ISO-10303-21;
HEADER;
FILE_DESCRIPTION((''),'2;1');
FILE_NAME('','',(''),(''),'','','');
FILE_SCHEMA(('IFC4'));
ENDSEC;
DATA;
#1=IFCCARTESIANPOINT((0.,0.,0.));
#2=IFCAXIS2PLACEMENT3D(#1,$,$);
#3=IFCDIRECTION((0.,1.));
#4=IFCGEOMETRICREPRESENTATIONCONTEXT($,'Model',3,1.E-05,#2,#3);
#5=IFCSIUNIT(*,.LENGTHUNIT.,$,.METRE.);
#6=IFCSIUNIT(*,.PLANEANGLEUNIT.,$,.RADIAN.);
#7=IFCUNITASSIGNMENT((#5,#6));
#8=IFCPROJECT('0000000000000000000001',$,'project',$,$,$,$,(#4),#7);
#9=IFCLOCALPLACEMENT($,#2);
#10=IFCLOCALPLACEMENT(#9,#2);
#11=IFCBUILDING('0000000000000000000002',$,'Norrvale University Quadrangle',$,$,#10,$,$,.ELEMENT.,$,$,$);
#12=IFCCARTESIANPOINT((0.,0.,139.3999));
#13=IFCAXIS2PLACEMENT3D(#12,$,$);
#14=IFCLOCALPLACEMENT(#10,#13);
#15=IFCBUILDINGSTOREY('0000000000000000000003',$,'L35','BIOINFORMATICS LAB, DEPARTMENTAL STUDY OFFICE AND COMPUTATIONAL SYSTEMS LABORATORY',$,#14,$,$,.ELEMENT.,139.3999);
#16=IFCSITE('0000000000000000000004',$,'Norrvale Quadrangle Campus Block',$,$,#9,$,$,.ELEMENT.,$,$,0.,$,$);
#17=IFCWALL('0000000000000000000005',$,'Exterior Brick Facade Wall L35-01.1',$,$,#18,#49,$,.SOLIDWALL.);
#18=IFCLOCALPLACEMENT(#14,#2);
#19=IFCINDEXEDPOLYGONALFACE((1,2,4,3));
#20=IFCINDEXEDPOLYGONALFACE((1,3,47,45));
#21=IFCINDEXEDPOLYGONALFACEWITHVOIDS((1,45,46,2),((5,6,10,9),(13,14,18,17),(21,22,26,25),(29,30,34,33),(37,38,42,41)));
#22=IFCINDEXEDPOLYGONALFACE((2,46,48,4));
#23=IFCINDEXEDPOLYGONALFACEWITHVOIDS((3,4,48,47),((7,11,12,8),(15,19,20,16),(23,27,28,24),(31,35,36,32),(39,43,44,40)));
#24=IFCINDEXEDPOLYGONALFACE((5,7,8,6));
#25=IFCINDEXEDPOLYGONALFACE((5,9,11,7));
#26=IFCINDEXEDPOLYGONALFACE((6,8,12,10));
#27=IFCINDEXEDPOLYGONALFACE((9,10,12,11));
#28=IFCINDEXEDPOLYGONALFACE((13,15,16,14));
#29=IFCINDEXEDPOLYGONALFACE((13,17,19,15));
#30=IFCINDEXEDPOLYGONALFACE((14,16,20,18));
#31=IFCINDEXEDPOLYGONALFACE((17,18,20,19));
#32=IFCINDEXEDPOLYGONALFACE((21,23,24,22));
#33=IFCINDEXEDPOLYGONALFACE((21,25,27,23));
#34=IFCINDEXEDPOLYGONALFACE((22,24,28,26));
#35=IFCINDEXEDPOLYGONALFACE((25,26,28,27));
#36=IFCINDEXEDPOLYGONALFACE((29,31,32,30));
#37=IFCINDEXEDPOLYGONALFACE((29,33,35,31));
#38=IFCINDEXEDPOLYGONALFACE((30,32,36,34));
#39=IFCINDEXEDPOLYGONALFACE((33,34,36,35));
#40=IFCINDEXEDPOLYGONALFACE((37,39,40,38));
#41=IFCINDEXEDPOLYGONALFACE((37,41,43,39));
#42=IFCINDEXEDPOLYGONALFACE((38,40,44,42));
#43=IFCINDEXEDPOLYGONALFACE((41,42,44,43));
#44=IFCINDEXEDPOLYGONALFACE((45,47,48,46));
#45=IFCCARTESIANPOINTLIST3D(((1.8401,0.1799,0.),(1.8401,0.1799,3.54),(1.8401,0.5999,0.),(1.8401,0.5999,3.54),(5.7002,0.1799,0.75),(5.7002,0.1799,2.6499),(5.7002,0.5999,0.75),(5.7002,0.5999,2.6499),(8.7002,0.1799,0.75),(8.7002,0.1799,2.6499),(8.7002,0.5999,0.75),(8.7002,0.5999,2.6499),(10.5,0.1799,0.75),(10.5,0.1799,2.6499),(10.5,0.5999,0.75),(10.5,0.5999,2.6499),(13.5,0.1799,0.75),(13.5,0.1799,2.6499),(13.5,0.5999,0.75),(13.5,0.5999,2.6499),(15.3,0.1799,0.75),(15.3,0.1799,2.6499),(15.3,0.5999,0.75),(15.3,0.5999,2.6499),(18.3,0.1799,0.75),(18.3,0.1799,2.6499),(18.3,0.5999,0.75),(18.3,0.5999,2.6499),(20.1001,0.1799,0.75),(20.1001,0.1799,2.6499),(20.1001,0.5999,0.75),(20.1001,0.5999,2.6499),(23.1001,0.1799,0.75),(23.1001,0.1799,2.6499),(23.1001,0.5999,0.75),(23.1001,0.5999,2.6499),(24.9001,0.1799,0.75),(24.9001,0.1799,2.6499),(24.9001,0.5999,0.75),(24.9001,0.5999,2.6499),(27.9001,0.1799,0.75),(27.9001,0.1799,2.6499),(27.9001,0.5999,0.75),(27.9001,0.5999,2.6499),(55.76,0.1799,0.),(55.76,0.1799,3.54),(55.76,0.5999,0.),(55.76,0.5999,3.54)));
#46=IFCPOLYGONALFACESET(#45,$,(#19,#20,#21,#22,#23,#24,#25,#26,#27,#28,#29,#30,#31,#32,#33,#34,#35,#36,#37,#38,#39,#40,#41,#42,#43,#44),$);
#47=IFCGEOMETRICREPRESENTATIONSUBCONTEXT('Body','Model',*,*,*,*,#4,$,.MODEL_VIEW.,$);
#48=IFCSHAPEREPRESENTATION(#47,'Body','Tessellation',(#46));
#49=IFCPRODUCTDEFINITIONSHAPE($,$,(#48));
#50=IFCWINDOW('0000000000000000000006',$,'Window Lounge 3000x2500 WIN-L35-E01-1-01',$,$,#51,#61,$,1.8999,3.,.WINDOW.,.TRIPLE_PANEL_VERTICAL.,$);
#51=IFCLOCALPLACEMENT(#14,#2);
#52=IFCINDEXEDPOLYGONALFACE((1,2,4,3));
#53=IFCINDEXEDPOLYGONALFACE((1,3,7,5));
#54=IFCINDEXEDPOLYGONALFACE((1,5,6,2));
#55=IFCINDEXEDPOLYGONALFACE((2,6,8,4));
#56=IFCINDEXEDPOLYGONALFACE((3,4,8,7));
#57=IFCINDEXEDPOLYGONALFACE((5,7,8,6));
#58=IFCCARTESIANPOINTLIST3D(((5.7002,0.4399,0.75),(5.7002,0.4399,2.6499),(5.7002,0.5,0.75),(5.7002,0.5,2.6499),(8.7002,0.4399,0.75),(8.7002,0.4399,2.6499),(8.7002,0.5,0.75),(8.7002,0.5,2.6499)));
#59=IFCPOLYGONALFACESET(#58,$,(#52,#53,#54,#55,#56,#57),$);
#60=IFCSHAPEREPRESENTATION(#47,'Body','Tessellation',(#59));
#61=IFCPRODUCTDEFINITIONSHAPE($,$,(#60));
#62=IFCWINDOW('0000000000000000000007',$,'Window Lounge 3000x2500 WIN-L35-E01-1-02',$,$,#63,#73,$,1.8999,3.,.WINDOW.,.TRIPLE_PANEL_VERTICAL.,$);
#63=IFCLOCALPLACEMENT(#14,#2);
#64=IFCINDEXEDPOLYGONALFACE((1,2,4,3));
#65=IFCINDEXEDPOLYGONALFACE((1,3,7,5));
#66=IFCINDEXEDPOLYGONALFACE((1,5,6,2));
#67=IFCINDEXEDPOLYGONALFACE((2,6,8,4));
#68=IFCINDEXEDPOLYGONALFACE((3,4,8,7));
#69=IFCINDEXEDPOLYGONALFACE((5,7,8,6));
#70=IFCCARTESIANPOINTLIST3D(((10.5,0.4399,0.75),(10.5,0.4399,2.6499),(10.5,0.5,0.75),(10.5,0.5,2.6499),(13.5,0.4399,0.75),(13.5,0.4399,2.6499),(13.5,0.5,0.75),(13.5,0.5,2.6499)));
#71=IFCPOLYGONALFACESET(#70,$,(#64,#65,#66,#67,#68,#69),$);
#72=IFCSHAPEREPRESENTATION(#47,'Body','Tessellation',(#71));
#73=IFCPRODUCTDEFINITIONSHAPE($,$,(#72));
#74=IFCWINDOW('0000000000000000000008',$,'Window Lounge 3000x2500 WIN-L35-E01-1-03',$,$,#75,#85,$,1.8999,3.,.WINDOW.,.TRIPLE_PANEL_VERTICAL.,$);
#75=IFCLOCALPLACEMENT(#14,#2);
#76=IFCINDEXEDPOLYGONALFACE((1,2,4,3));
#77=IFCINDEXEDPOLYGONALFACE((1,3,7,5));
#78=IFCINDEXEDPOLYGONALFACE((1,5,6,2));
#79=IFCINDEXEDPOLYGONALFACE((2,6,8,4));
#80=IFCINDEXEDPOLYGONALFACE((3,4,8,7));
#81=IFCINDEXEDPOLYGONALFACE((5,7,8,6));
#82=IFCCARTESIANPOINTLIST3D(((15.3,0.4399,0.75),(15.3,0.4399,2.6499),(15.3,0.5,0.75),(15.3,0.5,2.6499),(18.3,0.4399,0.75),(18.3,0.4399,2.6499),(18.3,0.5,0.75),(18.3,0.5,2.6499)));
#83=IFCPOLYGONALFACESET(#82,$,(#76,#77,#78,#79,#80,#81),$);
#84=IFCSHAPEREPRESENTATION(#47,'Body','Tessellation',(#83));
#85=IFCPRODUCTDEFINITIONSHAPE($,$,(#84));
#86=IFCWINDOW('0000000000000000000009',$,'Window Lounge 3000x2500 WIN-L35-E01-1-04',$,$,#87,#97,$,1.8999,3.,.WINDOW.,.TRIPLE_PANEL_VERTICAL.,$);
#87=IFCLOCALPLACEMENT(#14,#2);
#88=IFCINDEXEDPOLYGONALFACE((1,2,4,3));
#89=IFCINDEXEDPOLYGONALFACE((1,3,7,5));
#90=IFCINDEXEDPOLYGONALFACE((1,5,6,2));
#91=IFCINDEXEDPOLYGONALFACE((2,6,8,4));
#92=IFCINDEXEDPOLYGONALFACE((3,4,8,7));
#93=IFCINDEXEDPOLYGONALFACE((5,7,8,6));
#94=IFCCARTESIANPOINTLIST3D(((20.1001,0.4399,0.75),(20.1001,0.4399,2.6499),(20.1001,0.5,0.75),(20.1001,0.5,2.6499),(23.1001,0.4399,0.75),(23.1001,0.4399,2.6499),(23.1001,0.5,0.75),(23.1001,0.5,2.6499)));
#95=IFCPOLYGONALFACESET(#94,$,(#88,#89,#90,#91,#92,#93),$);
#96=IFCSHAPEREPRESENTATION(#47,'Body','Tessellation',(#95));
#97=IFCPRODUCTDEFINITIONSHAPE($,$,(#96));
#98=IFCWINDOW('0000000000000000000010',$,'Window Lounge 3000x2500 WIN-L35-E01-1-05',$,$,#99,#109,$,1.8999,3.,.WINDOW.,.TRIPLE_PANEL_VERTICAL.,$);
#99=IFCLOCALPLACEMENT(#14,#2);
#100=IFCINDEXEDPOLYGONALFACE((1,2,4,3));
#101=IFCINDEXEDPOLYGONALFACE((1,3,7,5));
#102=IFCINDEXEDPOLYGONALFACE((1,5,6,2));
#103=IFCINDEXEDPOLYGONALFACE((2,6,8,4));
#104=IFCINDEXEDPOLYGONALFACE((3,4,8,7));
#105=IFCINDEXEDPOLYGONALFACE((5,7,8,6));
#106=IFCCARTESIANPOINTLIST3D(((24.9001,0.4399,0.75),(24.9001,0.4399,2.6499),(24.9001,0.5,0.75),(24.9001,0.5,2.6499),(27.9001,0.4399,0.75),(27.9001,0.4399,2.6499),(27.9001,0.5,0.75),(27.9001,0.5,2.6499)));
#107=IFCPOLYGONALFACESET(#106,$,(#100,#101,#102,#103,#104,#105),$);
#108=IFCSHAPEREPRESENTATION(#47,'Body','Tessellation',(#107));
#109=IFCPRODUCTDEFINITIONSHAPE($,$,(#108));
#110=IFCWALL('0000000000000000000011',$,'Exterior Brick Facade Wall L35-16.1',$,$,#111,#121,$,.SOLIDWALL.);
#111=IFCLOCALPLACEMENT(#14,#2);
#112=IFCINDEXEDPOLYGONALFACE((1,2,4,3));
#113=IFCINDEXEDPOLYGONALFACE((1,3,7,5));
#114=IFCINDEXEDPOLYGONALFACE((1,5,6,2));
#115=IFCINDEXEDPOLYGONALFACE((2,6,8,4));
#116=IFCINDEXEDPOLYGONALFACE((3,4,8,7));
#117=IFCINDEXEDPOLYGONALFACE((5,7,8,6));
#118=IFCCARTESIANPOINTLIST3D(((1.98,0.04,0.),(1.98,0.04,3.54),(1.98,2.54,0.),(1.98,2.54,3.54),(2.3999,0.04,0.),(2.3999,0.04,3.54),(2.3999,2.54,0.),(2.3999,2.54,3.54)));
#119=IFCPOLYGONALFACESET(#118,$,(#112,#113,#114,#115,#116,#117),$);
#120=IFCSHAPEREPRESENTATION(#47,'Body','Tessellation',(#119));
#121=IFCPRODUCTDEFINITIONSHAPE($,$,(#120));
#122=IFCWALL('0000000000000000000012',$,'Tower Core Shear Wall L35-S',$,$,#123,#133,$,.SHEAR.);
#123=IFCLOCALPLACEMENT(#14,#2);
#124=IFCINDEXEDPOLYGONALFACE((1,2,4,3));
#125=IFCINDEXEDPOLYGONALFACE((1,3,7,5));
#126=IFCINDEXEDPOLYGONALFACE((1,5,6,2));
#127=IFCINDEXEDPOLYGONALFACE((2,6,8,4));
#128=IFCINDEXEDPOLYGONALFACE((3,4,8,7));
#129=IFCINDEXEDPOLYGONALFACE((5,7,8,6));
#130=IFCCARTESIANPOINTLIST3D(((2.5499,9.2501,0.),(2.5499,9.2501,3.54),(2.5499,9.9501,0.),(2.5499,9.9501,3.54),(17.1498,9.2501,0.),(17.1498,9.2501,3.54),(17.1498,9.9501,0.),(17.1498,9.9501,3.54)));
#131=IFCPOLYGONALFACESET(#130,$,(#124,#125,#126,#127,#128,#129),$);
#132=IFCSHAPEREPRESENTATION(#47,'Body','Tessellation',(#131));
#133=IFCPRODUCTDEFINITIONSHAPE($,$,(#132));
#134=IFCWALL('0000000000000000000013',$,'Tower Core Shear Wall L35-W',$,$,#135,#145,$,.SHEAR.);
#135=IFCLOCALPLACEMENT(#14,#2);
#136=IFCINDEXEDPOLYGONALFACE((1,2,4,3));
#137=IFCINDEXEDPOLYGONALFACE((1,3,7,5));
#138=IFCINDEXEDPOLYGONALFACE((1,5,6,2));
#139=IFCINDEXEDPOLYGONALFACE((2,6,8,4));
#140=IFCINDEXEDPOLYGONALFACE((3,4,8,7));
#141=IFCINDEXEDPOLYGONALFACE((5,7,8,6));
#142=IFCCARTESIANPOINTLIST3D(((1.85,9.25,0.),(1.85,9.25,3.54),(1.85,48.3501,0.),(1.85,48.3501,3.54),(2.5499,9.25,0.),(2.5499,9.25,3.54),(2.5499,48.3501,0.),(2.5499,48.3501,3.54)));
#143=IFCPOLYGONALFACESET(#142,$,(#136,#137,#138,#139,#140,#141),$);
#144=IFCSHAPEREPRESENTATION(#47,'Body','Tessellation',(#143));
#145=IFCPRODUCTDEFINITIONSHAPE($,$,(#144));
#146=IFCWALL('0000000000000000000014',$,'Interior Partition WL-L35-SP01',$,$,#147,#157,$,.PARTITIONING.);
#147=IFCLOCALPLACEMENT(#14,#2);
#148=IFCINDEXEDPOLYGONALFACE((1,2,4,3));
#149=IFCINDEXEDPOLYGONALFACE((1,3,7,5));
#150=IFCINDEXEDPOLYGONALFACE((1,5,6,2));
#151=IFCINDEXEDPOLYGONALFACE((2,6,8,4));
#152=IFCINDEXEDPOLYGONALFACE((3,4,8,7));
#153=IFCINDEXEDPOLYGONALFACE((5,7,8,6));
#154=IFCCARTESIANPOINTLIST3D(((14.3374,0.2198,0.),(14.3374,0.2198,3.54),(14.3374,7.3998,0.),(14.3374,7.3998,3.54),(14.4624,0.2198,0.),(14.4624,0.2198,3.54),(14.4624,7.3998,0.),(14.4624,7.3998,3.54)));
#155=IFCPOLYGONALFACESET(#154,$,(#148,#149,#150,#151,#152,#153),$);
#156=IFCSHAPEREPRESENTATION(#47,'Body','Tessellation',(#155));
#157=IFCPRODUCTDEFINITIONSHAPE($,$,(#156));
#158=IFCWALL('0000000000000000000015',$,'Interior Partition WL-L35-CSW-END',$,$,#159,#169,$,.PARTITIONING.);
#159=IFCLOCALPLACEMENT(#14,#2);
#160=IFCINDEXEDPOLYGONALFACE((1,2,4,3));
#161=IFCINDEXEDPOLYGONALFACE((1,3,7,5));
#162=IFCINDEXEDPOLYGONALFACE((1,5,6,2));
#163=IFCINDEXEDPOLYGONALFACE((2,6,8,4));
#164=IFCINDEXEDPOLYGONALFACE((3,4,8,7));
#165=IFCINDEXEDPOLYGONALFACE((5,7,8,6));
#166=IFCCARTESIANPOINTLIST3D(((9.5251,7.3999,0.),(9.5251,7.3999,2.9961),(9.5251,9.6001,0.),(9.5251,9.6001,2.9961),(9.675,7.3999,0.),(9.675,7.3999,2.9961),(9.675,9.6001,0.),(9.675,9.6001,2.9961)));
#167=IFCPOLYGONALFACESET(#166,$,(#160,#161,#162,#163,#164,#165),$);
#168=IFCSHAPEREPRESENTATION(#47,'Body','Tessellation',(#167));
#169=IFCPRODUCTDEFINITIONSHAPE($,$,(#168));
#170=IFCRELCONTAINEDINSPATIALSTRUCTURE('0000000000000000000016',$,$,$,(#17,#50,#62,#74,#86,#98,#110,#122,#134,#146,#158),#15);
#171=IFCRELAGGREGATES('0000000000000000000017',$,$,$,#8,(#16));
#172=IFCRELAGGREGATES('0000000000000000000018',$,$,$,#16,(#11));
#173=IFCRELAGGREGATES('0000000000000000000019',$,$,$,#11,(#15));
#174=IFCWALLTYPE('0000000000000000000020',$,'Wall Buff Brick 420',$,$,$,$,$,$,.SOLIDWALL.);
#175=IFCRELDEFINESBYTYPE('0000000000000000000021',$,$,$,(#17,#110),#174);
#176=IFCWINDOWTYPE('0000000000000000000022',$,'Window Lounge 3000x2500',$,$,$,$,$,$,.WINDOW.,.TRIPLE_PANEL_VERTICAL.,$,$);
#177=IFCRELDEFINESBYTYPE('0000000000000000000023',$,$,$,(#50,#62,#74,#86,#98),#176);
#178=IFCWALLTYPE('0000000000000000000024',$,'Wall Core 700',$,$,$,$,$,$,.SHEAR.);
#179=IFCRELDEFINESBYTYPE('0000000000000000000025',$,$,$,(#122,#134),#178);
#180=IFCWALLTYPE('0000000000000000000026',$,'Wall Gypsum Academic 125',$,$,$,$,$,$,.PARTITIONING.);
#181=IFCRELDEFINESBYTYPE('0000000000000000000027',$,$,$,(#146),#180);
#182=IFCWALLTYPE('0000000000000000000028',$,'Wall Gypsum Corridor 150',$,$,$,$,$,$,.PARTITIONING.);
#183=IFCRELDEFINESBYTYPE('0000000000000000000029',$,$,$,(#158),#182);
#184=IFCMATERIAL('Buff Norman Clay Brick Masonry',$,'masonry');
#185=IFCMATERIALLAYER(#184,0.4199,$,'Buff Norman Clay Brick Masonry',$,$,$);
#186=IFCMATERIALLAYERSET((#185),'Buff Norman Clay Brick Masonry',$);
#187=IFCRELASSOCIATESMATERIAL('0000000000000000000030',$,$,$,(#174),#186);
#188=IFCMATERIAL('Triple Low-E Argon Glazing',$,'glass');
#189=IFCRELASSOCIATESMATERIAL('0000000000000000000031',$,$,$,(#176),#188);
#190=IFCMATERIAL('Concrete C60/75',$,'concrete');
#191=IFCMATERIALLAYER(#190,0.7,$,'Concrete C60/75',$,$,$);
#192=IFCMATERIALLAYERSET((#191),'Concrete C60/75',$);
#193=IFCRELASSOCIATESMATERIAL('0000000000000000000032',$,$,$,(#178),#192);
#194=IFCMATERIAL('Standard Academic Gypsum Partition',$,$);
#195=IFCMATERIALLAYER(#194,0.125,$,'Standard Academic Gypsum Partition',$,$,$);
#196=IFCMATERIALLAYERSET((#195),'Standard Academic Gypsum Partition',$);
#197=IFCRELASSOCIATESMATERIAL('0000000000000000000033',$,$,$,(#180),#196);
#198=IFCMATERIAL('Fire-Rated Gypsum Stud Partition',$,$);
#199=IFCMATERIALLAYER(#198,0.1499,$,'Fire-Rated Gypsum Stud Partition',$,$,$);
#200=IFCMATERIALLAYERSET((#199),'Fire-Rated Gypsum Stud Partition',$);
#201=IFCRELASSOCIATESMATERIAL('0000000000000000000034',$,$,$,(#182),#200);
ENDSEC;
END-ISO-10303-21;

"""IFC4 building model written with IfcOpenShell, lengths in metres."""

from ifc_helpers import new_model, si_unit, direction, frame, frame_2d, origin, place, context, subcontext, project, spatial, rectangle, extrude, material, layer, layer_set, type_object, element, fill, save


model = new_model("IFC4")

# Units and contexts
model_context = context("Model", 3, precision=1e-05, world=origin(), true_north=direction((0.0, 1.0)))
body_context = subcontext(model_context, "Body", "Model", "MODEL_VIEW")
ifc_project = project(units=[si_unit("LENGTHUNIT", "METRE"), si_unit("PLANEANGLEUNIT", "RADIAN")], contexts=[model_context])

# Site, building, storey
site_placement = place(None, origin())
site = spatial("IfcSite", under=ifc_project, at=site_placement, Name="Norrvale Quadrangle Campus Block", CompositionType="ELEMENT", RefElevation=0.0)
building_placement = place(site_placement, origin())
building = spatial("IfcBuilding", under=site, at=building_placement, Name="Norrvale University Quadrangle", CompositionType="ELEMENT")
storey_placement = place(building_placement, frame((0.0, 0.0, 139.3999)))
storey = spatial("IfcBuildingStorey", under=building, at=storey_placement, Name="L35", Description="BIOINFORMATICS LAB, DEPARTMENTAL STUDY OFFICE AND COMPUTATIONAL SYSTEMS LABORATORY", CompositionType="ELEMENT", Elevation=139.3999)

# Shared definitions
ifc_material_1 = material(Name="Concrete C60/75", Category="concrete")

# Wall, openings, windows
ifc_material_2 = material(Name="Buff Norman Clay Brick Masonry", Category="masonry")
ifc_layer_1 = layer(ifc_material_2, 0.4199, Name="Buff Norman Clay Brick Masonry")
ifc_layer_set_1 = layer_set([ifc_layer_1], Name="Buff Norman Clay Brick Masonry")
wall_type_1 = type_object("IfcWallType", Name="Wall Buff Brick 420", PredefinedType="SOLIDWALL", material=ifc_layer_set_1)
wall_1_placement = place(storey_placement, frame((1.8401, 0.3899, 0.0), z_axis=(0.0, 0.0, 1.0), x_axis=(1.0, 0.0, 0.0)))
wall_1 = element("IfcWall", 1, at=wall_1_placement, inside=storey, type_object=wall_type_1, Name="Exterior Brick Facade Wall L35-01.1", PredefinedType="SOLIDWALL", context=body_context, shape_type="SweptSolid", body=[
    extrude(rectangle(XDim=53.9199, YDim=0.4199, at=frame_2d((26.96, 0.0))), origin(), (0.0, 0.0, 1.0), 3.54),
])
opening_1_placement = place(wall_1_placement, frame((3.8601, 0.0, 0.75)))
opening_1 = element("IfcOpeningElement", 2, at=opening_1_placement, cuts=wall_1, PredefinedType="OPENING", context=body_context, shape_type="SweptSolid", body=[
    extrude(rectangle(XDim=3.0, YDim=1.8999, at=frame_2d((1.5, 0.95))), frame((0.0, 0.2219, 0.0), z_axis=(0.0, -1.0, 0.0), x_axis=(1.0, 0.0, 0.0)), (0.0, 0.0, 1.0), 0.4438),
])
opening_2_placement = place(wall_1_placement, frame((8.6599, 0.0, 0.75)))
opening_2 = element("IfcOpeningElement", 3, at=opening_2_placement, cuts=wall_1, PredefinedType="OPENING", context=body_context, shape_type="SweptSolid", body=[
    extrude(rectangle(XDim=3.0, YDim=1.8999, at=frame_2d((1.5, 0.95))), frame((0.0, 0.2219, 0.0), z_axis=(0.0, -1.0, 0.0), x_axis=(1.0, 0.0, 0.0)), (0.0, 0.0, 1.0), 0.4438),
])
opening_3_placement = place(wall_1_placement, frame((13.46, 0.0, 0.75)))
opening_3 = element("IfcOpeningElement", 4, at=opening_3_placement, cuts=wall_1, PredefinedType="OPENING", context=body_context, shape_type="SweptSolid", body=[
    extrude(rectangle(XDim=3.0, YDim=1.8999, at=frame_2d((1.5, 0.95))), frame((0.0, 0.2219, 0.0), z_axis=(0.0, -1.0, 0.0), x_axis=(1.0, 0.0, 0.0)), (0.0, 0.0, 1.0), 0.4438),
])
opening_4_placement = place(wall_1_placement, frame((18.26, 0.0, 0.75)))
opening_4 = element("IfcOpeningElement", 5, at=opening_4_placement, cuts=wall_1, PredefinedType="OPENING", context=body_context, shape_type="SweptSolid", body=[
    extrude(rectangle(XDim=3.0, YDim=1.8999, at=frame_2d((1.5, 0.95))), frame((0.0, 0.2219, 0.0), z_axis=(0.0, -1.0, 0.0), x_axis=(1.0, 0.0, 0.0)), (0.0, 0.0, 1.0), 0.4438),
])
opening_5_placement = place(wall_1_placement, frame((23.0601, 0.0, 0.75)))
opening_5 = element("IfcOpeningElement", 6, at=opening_5_placement, cuts=wall_1, PredefinedType="OPENING", context=body_context, shape_type="SweptSolid", body=[
    extrude(rectangle(XDim=3.0, YDim=1.8999, at=frame_2d((1.5, 0.95))), frame((0.0, 0.2219, 0.0), z_axis=(0.0, -1.0, 0.0), x_axis=(1.0, 0.0, 0.0)), (0.0, 0.0, 1.0), 0.4438),
])
ifc_material_3 = material(Name="Triple Low-E Argon Glazing", Category="glass")
window_type = type_object("IfcWindowType", Name="Window Lounge 3000x2500", PartitioningType="TRIPLE_PANEL_VERTICAL", PredefinedType="WINDOW", material=ifc_material_3)
window_1_placement = place(opening_1_placement, origin())
window_1 = element("IfcWindow", 7, at=window_1_placement, inside=storey, type_object=window_type, Name="Window Lounge 3000x2500 WIN-L35-E01-1-01", OverallHeight=1.8999, OverallWidth=3.0, PartitioningType="TRIPLE_PANEL_VERTICAL", PredefinedType="WINDOW", context=body_context, shape_type="SweptSolid", body=[
    extrude(rectangle(XDim=3.0, YDim=1.8999, at=frame_2d((1.5, 0.95))), frame((0.0, 0.1101, 0.0), z_axis=(0.0, -1.0, 0.0), x_axis=(1.0, 0.0, 0.0)), (0.0, 0.0, 1.0), 0.0601),
])
fill(opening_1, window_1)
window_2_placement = place(opening_2_placement, origin())
window_2 = element("IfcWindow", 8, at=window_2_placement, inside=storey, type_object=window_type, Name="Window Lounge 3000x2500 WIN-L35-E01-1-02", OverallHeight=1.8999, OverallWidth=3.0, PartitioningType="TRIPLE_PANEL_VERTICAL", PredefinedType="WINDOW", context=body_context, shape_type="SweptSolid", body=[
    extrude(rectangle(XDim=3.0, YDim=1.8999, at=frame_2d((1.5, 0.95))), frame((0.0, 0.1101, 0.0), z_axis=(0.0, -1.0, 0.0), x_axis=(1.0, 0.0, 0.0)), (0.0, 0.0, 1.0), 0.0601),
])
fill(opening_2, window_2)
window_3_placement = place(opening_3_placement, origin())
window_3 = element("IfcWindow", 9, at=window_3_placement, inside=storey, type_object=window_type, Name="Window Lounge 3000x2500 WIN-L35-E01-1-03", OverallHeight=1.8999, OverallWidth=3.0, PartitioningType="TRIPLE_PANEL_VERTICAL", PredefinedType="WINDOW", context=body_context, shape_type="SweptSolid", body=[
    extrude(rectangle(XDim=3.0, YDim=1.8999, at=frame_2d((1.5, 0.95))), frame((0.0, 0.1101, 0.0), z_axis=(0.0, -1.0, 0.0), x_axis=(1.0, 0.0, 0.0)), (0.0, 0.0, 1.0), 0.0601),
])
fill(opening_3, window_3)
window_4_placement = place(opening_4_placement, origin())
window_4 = element("IfcWindow", 10, at=window_4_placement, inside=storey, type_object=window_type, Name="Window Lounge 3000x2500 WIN-L35-E01-1-04", OverallHeight=1.8999, OverallWidth=3.0, PartitioningType="TRIPLE_PANEL_VERTICAL", PredefinedType="WINDOW", context=body_context, shape_type="SweptSolid", body=[
    extrude(rectangle(XDim=3.0, YDim=1.8999, at=frame_2d((1.5, 0.95))), frame((0.0, 0.1101, 0.0), z_axis=(0.0, -1.0, 0.0), x_axis=(1.0, 0.0, 0.0)), (0.0, 0.0, 1.0), 0.0601),
])
fill(opening_4, window_4)
window_5_placement = place(opening_5_placement, origin())
window_5 = element("IfcWindow", 11, at=window_5_placement, inside=storey, type_object=window_type, Name="Window Lounge 3000x2500 WIN-L35-E01-1-05", OverallHeight=1.8999, OverallWidth=3.0, PartitioningType="TRIPLE_PANEL_VERTICAL", PredefinedType="WINDOW", context=body_context, shape_type="SweptSolid", body=[
    extrude(rectangle(XDim=3.0, YDim=1.8999, at=frame_2d((1.5, 0.95))), frame((0.0, 0.1101, 0.0), z_axis=(0.0, -1.0, 0.0), x_axis=(1.0, 0.0, 0.0)), (0.0, 0.0, 1.0), 0.0601),
])
fill(opening_5, window_5)

# Walls
wall_2_placement = place(storey_placement, frame((2.1899, 2.54, 0.0), z_axis=(0.0, 0.0, 1.0), x_axis=(0.0, -1.0, 0.0)))
element("IfcWall", 12, at=wall_2_placement, inside=storey, type_object=wall_type_1, Name="Exterior Brick Facade Wall L35-16.1", PredefinedType="SOLIDWALL", context=body_context, shape_type="SweptSolid", body=[
    extrude(rectangle(XDim=2.5, YDim=0.4199, at=frame_2d((1.25, 0.0))), origin(), (0.0, 0.0, 1.0), 3.54),
])
ifc_layer_2 = layer(ifc_material_1, 0.7, Name="Concrete C60/75")
ifc_layer_set_2 = layer_set([ifc_layer_2], Name="Concrete C60/75")
wall_type_2 = type_object("IfcWallType", Name="Wall Core 700", PredefinedType="SHEAR", material=ifc_layer_set_2)
wall_3_placement = place(storey_placement, frame((2.55, 9.6001, 0.0), z_axis=(0.0, 0.0, 1.0), x_axis=(1.0, 0.0, 0.0)))
element("IfcWall", 13, at=wall_3_placement, inside=storey, type_object=wall_type_2, Name="Tower Core Shear Wall L35-S", PredefinedType="SHEAR", context=body_context, shape_type="SweptSolid", body=[
    extrude(rectangle(XDim=14.5999, YDim=0.7, at=frame_2d((7.2998, 0.0))), origin(), (0.0, 0.0, 1.0), 3.54),
])
wall_4_placement = place(storey_placement, frame((2.2, 9.25, 0.0), z_axis=(0.0, 0.0, 1.0), x_axis=(0.0, 1.0, 0.0)))
element("IfcWall", 14, at=wall_4_placement, inside=storey, type_object=wall_type_2, Name="Tower Core Shear Wall L35-W", PredefinedType="SHEAR", context=body_context, shape_type="SweptSolid", body=[
    extrude(rectangle(XDim=39.1001, YDim=0.7, at=frame_2d((19.55, 0.0))), origin(), (0.0, 0.0, 1.0), 3.54),
])
ifc_material_4 = material(Name="Standard Academic Gypsum Partition")
ifc_layer_3 = layer(ifc_material_4, 0.125, Name="Standard Academic Gypsum Partition")
ifc_layer_set_3 = layer_set([ifc_layer_3], Name="Standard Academic Gypsum Partition")
wall_type_3 = type_object("IfcWallType", Name="Wall Gypsum Academic 125", PredefinedType="PARTITIONING", material=ifc_layer_set_3)
wall_5_placement = place(storey_placement, frame((14.3999, 0.22, 0.0), z_axis=(0.0, 0.0, 1.0), x_axis=(0.0, 1.0, 0.0)))
element("IfcWall", 15, at=wall_5_placement, inside=storey, type_object=wall_type_3, Name="Interior Partition WL-L35-SP01", PredefinedType="PARTITIONING", context=body_context, shape_type="SweptSolid", body=[
    extrude(rectangle(XDim=7.1799, YDim=0.125, at=frame_2d((3.5898, 0.0))), origin(), (0.0, 0.0, 1.0), 3.54),
])
ifc_material_5 = material(Name="Fire-Rated Gypsum Stud Partition")
ifc_layer_4 = layer(ifc_material_5, 0.1499, Name="Fire-Rated Gypsum Stud Partition")
ifc_layer_set_4 = layer_set([ifc_layer_4], Name="Fire-Rated Gypsum Stud Partition")
wall_type_4 = type_object("IfcWallType", Name="Wall Gypsum Corridor 150", PredefinedType="PARTITIONING", material=ifc_layer_set_4)
wall_6_placement = place(storey_placement, frame((9.6001, 7.3999, 0.0), z_axis=(0.0, 0.0, 1.0), x_axis=(0.0, 1.0, 0.0)))
element("IfcWall", 16, at=wall_6_placement, inside=storey, type_object=wall_type_4, Name="Interior Partition WL-L35-CSW-END", PredefinedType="PARTITIONING", context=body_context, shape_type="SweptSolid", body=[
    extrude(rectangle(XDim=2.2002, YDim=0.1499, at=frame_2d((1.1001, 0.0))), origin(), (0.0, 0.0, 1.0), 2.9961),
])

save(model, "model.ifc")
